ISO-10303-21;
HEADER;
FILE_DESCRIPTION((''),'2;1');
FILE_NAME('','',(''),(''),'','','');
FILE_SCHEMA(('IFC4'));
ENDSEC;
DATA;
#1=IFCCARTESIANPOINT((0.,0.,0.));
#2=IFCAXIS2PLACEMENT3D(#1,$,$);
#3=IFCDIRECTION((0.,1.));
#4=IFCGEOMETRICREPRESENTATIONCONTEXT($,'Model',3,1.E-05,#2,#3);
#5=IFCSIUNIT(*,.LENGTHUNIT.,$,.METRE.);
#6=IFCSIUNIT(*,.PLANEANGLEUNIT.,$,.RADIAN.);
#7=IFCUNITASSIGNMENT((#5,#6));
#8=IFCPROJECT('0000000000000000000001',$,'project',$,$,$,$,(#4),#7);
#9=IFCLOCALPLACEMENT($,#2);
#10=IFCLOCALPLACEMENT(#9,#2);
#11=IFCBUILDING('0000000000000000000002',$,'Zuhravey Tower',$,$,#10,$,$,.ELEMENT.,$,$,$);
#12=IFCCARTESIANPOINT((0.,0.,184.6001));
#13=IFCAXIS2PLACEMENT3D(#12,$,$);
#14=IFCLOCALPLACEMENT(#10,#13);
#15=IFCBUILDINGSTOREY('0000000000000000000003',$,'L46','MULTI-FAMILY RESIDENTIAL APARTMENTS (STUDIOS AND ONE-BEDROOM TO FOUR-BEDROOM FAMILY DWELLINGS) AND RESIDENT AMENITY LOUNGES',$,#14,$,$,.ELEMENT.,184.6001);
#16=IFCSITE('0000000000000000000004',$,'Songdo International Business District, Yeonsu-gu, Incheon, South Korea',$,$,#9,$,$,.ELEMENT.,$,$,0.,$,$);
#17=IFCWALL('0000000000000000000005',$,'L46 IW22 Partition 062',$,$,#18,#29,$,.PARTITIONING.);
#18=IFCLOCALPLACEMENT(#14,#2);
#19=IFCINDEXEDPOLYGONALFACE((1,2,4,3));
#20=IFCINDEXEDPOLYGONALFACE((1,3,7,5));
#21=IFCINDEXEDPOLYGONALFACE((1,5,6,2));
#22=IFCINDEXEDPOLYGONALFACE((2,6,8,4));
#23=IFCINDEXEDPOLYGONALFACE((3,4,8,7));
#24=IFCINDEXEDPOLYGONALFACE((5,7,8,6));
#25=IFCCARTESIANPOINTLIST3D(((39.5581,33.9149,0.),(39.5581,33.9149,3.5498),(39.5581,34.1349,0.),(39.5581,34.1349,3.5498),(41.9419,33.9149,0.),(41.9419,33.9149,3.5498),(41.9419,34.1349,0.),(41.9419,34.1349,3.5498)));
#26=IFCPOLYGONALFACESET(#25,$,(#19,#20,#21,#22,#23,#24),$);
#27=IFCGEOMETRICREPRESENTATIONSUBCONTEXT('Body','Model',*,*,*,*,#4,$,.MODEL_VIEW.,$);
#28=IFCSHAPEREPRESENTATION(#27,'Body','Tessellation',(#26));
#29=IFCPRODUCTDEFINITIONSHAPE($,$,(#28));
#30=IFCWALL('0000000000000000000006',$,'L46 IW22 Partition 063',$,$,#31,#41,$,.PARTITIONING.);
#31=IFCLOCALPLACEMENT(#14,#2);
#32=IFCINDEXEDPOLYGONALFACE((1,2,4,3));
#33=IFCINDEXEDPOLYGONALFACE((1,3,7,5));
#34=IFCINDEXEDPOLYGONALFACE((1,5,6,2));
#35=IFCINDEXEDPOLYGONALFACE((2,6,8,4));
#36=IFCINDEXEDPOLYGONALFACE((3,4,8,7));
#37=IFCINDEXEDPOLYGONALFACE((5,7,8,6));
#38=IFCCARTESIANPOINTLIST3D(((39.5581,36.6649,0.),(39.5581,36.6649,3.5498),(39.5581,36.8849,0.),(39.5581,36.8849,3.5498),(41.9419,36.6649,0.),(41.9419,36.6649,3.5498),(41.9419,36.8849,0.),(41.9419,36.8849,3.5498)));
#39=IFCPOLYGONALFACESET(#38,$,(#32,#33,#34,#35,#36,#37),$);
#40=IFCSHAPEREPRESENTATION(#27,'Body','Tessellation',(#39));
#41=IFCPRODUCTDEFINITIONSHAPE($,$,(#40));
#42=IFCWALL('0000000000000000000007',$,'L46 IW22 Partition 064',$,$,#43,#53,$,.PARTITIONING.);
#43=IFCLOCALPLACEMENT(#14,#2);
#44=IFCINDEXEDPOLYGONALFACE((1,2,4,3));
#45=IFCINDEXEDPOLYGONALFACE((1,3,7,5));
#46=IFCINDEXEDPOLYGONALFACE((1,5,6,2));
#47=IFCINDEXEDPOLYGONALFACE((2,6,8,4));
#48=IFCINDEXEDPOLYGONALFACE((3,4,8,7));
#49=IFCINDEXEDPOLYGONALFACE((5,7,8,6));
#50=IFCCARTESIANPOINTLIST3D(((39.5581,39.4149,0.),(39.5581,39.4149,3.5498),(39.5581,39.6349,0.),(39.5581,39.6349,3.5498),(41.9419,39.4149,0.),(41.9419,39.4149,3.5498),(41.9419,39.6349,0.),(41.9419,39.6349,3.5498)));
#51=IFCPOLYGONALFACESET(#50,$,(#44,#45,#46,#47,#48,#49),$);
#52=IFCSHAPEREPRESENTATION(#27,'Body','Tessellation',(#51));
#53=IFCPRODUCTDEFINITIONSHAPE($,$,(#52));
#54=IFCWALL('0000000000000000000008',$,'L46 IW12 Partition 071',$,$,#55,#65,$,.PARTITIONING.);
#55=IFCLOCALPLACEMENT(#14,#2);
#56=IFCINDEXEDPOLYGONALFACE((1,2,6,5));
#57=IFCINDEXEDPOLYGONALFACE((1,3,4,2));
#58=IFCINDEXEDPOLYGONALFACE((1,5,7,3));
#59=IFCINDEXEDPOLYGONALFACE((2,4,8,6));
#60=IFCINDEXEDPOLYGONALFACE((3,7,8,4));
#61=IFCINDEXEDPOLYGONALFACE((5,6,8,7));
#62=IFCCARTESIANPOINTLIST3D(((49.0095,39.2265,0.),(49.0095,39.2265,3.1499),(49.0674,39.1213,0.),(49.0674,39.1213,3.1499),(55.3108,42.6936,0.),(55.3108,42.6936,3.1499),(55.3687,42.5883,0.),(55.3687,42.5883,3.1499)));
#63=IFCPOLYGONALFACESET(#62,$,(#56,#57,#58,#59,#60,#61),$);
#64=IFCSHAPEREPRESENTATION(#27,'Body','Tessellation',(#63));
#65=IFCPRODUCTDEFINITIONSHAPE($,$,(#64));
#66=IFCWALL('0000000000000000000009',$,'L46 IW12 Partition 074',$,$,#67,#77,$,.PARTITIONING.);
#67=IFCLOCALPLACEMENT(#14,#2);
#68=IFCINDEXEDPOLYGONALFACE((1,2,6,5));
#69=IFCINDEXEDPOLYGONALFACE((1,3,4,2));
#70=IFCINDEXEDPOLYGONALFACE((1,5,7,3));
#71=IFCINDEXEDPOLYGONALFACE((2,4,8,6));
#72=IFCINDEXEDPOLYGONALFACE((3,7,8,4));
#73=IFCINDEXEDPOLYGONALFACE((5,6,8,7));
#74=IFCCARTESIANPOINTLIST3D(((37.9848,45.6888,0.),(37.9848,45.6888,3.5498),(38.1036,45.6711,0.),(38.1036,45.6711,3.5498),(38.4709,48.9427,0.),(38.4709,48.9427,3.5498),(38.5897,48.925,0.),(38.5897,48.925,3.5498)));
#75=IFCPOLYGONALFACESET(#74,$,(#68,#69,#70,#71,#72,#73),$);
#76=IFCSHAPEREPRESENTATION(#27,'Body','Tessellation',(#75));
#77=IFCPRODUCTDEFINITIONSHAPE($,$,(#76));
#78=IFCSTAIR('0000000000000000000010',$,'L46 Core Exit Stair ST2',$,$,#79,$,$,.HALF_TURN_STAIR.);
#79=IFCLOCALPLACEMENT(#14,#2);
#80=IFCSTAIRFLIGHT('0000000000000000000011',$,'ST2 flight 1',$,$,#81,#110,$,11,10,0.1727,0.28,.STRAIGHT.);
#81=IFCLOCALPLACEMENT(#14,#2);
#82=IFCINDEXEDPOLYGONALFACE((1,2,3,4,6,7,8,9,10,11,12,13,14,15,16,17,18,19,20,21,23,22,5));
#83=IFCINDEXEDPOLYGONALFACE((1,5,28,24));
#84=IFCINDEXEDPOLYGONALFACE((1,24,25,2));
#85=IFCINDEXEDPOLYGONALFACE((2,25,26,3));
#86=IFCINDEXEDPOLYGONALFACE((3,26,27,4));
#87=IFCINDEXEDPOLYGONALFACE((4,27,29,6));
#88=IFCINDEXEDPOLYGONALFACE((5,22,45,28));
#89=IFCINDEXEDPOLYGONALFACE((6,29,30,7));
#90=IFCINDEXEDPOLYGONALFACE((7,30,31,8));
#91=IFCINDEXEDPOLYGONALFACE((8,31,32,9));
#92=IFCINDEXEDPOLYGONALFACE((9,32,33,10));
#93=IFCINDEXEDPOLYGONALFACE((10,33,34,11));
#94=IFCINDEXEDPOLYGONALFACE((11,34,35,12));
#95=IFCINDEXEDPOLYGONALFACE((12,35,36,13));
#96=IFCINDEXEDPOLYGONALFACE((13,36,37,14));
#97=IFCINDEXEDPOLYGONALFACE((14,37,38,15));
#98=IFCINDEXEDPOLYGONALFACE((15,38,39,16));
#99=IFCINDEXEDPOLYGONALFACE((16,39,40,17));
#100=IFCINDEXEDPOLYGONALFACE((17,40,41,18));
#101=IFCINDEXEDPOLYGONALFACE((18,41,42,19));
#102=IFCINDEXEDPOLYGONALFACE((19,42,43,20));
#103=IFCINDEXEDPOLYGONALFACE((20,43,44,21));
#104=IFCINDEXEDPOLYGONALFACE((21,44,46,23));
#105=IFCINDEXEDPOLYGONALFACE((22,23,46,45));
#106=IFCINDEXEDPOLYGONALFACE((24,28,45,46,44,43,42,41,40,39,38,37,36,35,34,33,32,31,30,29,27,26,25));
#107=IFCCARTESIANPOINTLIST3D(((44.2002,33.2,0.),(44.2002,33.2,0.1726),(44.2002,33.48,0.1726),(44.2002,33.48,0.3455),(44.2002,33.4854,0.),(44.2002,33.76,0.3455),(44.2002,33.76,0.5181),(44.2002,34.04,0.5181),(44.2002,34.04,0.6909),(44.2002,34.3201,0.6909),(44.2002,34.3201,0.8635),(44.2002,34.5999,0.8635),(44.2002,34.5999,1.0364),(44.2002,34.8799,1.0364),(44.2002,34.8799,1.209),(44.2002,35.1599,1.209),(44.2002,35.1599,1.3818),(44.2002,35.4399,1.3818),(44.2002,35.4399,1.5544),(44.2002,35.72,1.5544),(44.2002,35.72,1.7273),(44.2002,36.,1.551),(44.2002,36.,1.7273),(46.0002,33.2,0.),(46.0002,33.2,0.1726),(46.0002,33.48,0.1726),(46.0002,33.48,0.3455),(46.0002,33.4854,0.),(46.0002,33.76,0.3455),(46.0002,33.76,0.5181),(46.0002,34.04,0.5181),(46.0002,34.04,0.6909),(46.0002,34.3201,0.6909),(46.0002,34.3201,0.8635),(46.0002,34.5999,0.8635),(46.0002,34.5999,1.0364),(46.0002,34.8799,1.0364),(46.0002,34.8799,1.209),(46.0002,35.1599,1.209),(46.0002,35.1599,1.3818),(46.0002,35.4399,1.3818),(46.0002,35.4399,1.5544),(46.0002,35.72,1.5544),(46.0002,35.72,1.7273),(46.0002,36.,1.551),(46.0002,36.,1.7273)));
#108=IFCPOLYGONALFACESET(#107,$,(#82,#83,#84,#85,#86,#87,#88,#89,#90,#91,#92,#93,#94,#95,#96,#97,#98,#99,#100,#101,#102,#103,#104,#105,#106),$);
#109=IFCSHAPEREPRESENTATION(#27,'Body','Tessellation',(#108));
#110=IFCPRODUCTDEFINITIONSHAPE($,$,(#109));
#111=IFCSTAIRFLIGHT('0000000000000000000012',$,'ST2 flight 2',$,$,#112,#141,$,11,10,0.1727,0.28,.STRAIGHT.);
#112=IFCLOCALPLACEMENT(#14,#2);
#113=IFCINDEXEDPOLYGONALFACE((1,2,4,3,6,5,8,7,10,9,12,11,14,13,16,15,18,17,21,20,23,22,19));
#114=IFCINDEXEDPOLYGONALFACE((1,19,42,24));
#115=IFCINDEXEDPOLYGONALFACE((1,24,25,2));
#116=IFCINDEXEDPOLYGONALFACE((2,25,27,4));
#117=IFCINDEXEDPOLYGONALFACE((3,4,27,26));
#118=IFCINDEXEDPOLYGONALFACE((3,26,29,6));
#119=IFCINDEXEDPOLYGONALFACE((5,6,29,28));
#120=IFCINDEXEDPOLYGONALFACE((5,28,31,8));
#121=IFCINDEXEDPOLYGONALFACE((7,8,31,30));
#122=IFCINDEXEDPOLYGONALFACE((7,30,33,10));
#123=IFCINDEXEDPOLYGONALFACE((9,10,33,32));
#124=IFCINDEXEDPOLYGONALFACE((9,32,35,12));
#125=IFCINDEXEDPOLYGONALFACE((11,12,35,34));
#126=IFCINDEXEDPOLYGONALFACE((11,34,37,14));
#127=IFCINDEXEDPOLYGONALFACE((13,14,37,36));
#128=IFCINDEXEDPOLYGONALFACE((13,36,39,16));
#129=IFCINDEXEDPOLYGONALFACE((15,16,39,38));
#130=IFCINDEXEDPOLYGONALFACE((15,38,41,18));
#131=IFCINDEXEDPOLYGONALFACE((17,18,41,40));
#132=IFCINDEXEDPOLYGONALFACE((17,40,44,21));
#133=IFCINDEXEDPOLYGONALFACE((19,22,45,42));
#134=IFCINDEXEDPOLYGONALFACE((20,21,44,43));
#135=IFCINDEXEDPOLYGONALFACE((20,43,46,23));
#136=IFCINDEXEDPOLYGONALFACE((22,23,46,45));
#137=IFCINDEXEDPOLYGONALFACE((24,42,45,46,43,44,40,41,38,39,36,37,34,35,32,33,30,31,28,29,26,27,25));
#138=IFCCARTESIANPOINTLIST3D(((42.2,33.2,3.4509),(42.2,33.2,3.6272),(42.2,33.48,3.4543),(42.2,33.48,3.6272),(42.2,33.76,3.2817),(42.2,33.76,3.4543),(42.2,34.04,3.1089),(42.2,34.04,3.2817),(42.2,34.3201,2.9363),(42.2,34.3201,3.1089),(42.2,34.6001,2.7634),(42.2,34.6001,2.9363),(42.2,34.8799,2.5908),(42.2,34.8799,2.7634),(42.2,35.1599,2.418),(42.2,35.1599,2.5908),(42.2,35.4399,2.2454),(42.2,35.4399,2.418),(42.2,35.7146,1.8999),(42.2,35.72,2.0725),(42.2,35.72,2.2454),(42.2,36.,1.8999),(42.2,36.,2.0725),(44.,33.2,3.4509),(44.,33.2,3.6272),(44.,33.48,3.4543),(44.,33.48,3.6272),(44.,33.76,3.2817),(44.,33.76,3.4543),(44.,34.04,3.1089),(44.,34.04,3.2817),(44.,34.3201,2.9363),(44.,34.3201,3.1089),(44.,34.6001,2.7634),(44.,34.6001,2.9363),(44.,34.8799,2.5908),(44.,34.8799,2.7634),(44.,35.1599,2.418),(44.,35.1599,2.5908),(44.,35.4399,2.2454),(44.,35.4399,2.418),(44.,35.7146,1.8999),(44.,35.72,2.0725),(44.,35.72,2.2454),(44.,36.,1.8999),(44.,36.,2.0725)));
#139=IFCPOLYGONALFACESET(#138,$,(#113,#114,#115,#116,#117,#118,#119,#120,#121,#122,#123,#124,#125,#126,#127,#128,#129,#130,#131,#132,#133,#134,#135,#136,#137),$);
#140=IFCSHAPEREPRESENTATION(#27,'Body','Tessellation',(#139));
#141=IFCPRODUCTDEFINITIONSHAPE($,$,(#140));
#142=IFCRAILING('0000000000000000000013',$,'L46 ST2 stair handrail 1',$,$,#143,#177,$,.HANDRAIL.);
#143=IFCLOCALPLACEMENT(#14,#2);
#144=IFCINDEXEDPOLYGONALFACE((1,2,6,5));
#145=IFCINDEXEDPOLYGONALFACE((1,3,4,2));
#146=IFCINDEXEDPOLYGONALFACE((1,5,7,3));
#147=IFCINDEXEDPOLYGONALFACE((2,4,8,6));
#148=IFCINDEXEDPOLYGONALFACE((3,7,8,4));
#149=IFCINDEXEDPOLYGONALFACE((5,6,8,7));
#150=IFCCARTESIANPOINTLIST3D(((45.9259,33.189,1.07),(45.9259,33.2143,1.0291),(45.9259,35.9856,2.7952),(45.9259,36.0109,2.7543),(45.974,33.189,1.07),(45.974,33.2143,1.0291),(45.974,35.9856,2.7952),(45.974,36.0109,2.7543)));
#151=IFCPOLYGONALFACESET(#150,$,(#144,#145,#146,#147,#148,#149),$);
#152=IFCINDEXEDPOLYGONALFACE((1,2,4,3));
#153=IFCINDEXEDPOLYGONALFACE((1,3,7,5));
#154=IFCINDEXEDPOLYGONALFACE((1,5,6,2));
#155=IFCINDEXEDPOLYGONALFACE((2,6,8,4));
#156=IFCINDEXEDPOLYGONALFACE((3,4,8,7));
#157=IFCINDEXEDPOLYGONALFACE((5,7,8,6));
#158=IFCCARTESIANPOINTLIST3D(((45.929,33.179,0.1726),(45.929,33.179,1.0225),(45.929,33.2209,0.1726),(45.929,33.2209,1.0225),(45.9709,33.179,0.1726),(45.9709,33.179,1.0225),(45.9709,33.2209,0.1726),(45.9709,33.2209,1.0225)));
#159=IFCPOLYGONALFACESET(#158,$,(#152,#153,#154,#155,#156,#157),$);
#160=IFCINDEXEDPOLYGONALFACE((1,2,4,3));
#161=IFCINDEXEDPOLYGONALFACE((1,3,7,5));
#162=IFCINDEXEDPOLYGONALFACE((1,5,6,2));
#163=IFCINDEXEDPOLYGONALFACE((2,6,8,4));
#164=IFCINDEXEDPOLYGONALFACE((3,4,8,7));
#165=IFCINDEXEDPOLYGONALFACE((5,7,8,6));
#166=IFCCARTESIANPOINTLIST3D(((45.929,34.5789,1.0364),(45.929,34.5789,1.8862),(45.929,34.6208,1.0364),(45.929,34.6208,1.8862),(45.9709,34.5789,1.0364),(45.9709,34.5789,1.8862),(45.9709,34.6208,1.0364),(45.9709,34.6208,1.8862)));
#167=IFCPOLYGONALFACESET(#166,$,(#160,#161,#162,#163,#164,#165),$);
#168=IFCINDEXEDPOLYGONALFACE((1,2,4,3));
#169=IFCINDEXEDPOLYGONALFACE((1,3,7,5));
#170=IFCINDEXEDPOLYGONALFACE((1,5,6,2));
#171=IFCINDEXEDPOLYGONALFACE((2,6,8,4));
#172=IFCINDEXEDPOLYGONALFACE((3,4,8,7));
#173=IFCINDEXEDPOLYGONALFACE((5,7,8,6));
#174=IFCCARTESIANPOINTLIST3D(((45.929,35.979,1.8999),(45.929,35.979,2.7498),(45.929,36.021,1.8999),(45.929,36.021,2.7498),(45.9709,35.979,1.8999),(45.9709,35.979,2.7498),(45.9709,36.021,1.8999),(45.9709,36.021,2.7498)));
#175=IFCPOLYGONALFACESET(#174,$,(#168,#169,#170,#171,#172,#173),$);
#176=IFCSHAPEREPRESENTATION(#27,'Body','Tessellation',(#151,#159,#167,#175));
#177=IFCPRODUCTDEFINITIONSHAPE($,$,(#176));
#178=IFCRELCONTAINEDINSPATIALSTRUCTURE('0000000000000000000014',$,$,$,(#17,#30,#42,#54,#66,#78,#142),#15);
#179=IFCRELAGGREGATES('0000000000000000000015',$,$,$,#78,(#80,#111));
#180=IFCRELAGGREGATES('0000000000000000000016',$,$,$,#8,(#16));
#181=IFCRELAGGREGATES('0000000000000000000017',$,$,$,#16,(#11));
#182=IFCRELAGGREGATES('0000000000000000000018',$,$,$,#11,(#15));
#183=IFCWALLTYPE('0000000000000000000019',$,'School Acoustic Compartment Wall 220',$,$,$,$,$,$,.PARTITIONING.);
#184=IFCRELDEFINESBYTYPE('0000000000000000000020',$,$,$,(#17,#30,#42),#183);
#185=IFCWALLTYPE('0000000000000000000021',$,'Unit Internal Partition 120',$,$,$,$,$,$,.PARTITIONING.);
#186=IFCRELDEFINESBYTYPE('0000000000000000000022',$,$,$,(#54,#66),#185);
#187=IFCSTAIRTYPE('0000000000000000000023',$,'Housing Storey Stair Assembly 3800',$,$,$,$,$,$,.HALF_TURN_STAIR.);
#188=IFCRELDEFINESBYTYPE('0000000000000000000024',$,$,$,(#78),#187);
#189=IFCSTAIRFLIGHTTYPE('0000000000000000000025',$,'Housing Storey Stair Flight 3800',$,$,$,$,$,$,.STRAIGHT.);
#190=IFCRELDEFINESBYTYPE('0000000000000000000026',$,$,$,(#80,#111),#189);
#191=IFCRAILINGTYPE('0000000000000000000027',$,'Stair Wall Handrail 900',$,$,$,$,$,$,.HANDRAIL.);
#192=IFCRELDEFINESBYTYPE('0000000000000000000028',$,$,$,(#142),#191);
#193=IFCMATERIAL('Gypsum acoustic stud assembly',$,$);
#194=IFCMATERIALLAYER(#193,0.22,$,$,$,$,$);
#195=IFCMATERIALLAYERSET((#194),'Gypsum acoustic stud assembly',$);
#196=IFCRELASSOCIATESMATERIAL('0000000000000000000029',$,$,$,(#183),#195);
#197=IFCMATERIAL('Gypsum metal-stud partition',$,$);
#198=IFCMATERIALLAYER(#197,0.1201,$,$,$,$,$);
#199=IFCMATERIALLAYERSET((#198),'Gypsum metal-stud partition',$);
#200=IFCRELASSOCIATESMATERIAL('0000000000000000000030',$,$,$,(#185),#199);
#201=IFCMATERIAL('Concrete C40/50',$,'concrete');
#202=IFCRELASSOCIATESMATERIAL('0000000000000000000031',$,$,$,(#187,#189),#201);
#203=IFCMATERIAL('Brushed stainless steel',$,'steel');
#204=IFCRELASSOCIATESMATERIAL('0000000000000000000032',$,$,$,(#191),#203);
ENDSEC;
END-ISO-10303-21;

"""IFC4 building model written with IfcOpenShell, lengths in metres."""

from ifc_helpers import new_model, si_unit, direction, frame, frame_2d, origin, origin_2d, place, context, subcontext, project, spatial, polyline, rectangle, outline, extrude, material, layer, layer_set, type_object, element, aggregate, save


model = new_model("IFC4")

# Units and contexts
model_context = context("Model", 3, precision=1e-05, world=origin(), true_north=direction((0.0, 1.0)))
body_context = subcontext(model_context, "Body", "Model", "MODEL_VIEW")
ifc_project = project(units=[si_unit("LENGTHUNIT", "METRE"), si_unit("PLANEANGLEUNIT", "RADIAN")], contexts=[model_context])

# Site, building, storey
site_placement = place(None, origin())
site = spatial("IfcSite", under=ifc_project, at=site_placement, Name="Songdo International Business District, Yeonsu-gu, Incheon, South Korea", CompositionType="ELEMENT", RefElevation=0.0)
building_placement = place(site_placement, origin())
building = spatial("IfcBuilding", under=site, at=building_placement, Name="Zuhravey Tower", CompositionType="ELEMENT")
storey_placement = place(building_placement, frame((0.0, 0.0, 184.6001)))
storey = spatial("IfcBuildingStorey", under=building, at=storey_placement, Name="L46", Description="MULTI-FAMILY RESIDENTIAL APARTMENTS (STUDIOS AND ONE-BEDROOM TO FOUR-BEDROOM FAMILY DWELLINGS) AND RESIDENT AMENITY LOUNGES", CompositionType="ELEMENT", Elevation=184.6001)

# Walls
ifc_material_1 = material(Name="Gypsum acoustic stud assembly")
ifc_layer_1 = layer(ifc_material_1, 0.22)
ifc_layer_set_1 = layer_set([ifc_layer_1], Name="Gypsum acoustic stud assembly")
wall_type_1 = type_object("IfcWallType", Name="School Acoustic Compartment Wall 220", PredefinedType="PARTITIONING", material=ifc_layer_set_1)
for number, where, z_axis, x_axis, name in (
    (1, (39.5581, 34.0249, 0.0), (0.0, 0.0, 1.0), (1.0, 0.0, 0.0), "L46 IW22 Partition 062"),
    (2, (39.5581, 36.7749, 0.0), (0.0, 0.0, 1.0), (1.0, 0.0, 0.0), "L46 IW22 Partition 063"),
    (3, (39.5581, 39.5249, 0.0), (0.0, 0.0, 1.0), (1.0, 0.0, 0.0), "L46 IW22 Partition 064"),
):
    element("IfcWall", number, at=place(storey_placement, frame(where, z_axis=z_axis, x_axis=x_axis)), inside=storey, type_object=wall_type_1, Name=name, PredefinedType="PARTITIONING", context=body_context, shape_type="SweptSolid", body=[
        extrude(rectangle(XDim=2.3838, YDim=0.22, at=frame_2d((1.1919, 0.0))), origin(), (0.0, 0.0, 1.0), 3.5498),
    ])
ifc_material_2 = material(Name="Gypsum metal-stud partition")
ifc_layer_2 = layer(ifc_material_2, 0.1201)
ifc_layer_set_2 = layer_set([ifc_layer_2], Name="Gypsum metal-stud partition")
wall_type_2 = type_object("IfcWallType", Name="Unit Internal Partition 120", PredefinedType="PARTITIONING", material=ifc_layer_set_2)
wall_1_placement = place(storey_placement, frame((49.0383, 39.1738, 0.0), z_axis=(0.0, 0.0, 1.0), x_axis=(0.876137, 0.482062, 0.0)))
element("IfcWall", 4, at=wall_1_placement, inside=storey, type_object=wall_type_2, Name="L46 IW12 Partition 071", PredefinedType="PARTITIONING", context=body_context, shape_type="SweptSolid", body=[
    extrude(rectangle(XDim=7.1921, YDim=0.1201, at=frame_2d((3.5962, 0.0))), origin(), (0.0, 0.0, 1.0), 3.1499),
])
wall_2_placement = place(storey_placement, frame((38.0442, 45.6799, 0.0), z_axis=(0.0, 0.0, 1.0), x_axis=(0.147745, 0.989025, 0.0)))
element("IfcWall", 5, at=wall_2_placement, inside=storey, type_object=wall_type_2, Name="L46 IW12 Partition 074", PredefinedType="PARTITIONING", context=body_context, shape_type="SweptSolid", body=[
    extrude(rectangle(XDim=3.29, YDim=0.1201, at=frame_2d((1.645, 0.0))), origin(), (0.0, 0.0, 1.0), 3.5498),
])

# Stair, stair flights
ifc_material_3 = material(Name="Concrete C40/50", Category="concrete")
stair_type = type_object("IfcStairType", Name="Housing Storey Stair Assembly 3800", PredefinedType="HALF_TURN_STAIR", material=ifc_material_3)
stair_placement = place(storey_placement, origin())
stair = element("IfcStair", 6, at=stair_placement, inside=storey, type_object=stair_type, Name="L46 Core Exit Stair ST2", PredefinedType="HALF_TURN_STAIR")
stair_flight_type = type_object("IfcStairFlightType", Name="Housing Storey Stair Flight 3800", PredefinedType="STRAIGHT", material=ifc_material_3)
stair_flight_1_placement = place(storey_placement, frame((45.1001, 33.2, 0.0), z_axis=(0.0, 0.0, 1.0), x_axis=(0.0, 1.0, 0.0)))
stair_flight_1 = element("IfcStairFlight", 7, at=stair_flight_1_placement, type_object=stair_flight_type, Name="ST2 flight 1", NumberOfRisers=11, NumberOfTreads=10, PredefinedType="STRAIGHT", RiserHeight=0.1727, TreadLength=0.28, context=body_context, shape_type="SweptSolid", body=[
    extrude(outline(polyline([(0.0, 0.0), (0.0, 0.1726), (0.28, 0.1726), (0.28, 0.3455), (0.5601, 0.3455), (0.5601, 0.5181), (0.8401, 0.5181), (0.8401, 0.6909), (1.1201, 0.6909), (1.1201, 0.8635), (1.3999, 0.8635), (1.3999, 1.0364), (1.6799, 1.0364), (1.6799, 1.209), (1.96, 1.209), (1.96, 1.3818), (2.24, 1.3818), (2.24, 1.5544), (2.52, 1.5544), (2.52, 1.7273), (2.8, 1.7273), (2.8, 1.8999), (2.8, 1.551), (0.2854, 0.0), (0.0, 0.0)])), frame((0.0, 0.8999, 0.0), z_axis=(0.0, -1.0, 0.0), x_axis=(1.0, 0.0, 0.0)), (0.0, 0.0, 1.0), 1.8),
])
stair_flight_2_placement = place(storey_placement, frame((43.1001, 36.0, 1.8999), z_axis=(0.0, 0.0, 1.0), x_axis=(0.0, -1.0, 0.0)))
stair_flight_2 = element("IfcStairFlight", 8, at=stair_flight_2_placement, type_object=stair_flight_type, Name="ST2 flight 2", NumberOfRisers=11, NumberOfTreads=10, PredefinedType="STRAIGHT", RiserHeight=0.1727, TreadLength=0.28, context=body_context, shape_type="SweptSolid", body=[
    extrude(outline(polyline([(0.0, 0.0), (0.0, 0.1726), (0.28, 0.1726), (0.28, 0.3455), (0.5601, 0.3455), (0.5601, 0.5181), (0.8401, 0.5181), (0.8401, 0.6909), (1.1201, 0.6909), (1.1201, 0.8635), (1.3999, 0.8635), (1.3999, 1.0364), (1.6799, 1.0364), (1.6799, 1.209), (1.96, 1.209), (1.96, 1.3818), (2.24, 1.3818), (2.24, 1.5544), (2.52, 1.5544), (2.52, 1.7273), (2.8, 1.7273), (2.8, 1.8999), (2.8, 1.551), (0.2854, 0.0), (0.0, 0.0)])), frame((0.0, 0.8999, 0.0), z_axis=(0.0, -1.0, 0.0), x_axis=(1.0, 0.0, 0.0)), (0.0, 0.0, 1.0), 1.8),
])
aggregate(stair, [stair_flight_1, stair_flight_2])

# Railing
ifc_material_4 = material(Name="Brushed stainless steel", Category="steel")
railing_type_1 = type_object("IfcRailingType", Name="Stair Wall Handrail 900", PredefinedType="HANDRAIL", material=ifc_material_4)
railing_1_placement = place(storey_placement, frame((45.95, 33.2, 0.1726)))
element("IfcRailing", 9, at=railing_1_placement, inside=storey, type_object=railing_type_1, Name="L46 ST2 stair handrail 1", PredefinedType="HANDRAIL", context=body_context, shape_type="SweptSolid", body=[
    extrude(rectangle(XDim=0.0481, YDim=0.0481, at=origin_2d()), frame((0.0, 0.0017, 0.877), z_axis=(0.0, 0.85109, 0.52502), x_axis=(-1.0, 0.0, 0.0)), (0.0, 0.0, 1.0), 3.2859),
    extrude(rectangle(XDim=0.042, YDim=0.042, at=origin_2d()), origin(), (0.0, 0.0, 1.0), 0.8499),
    extrude(rectangle(XDim=0.042, YDim=0.042, at=origin_2d()), frame((0.0, 1.3999, 0.8638)), (0.0, 0.0, 1.0), 0.8499),
    extrude(rectangle(XDim=0.042, YDim=0.042, at=origin_2d()), frame((0.0, 2.8, 1.7273)), (0.0, 0.0, 1.0), 0.8499),
])

save(model, "model.ifc")
